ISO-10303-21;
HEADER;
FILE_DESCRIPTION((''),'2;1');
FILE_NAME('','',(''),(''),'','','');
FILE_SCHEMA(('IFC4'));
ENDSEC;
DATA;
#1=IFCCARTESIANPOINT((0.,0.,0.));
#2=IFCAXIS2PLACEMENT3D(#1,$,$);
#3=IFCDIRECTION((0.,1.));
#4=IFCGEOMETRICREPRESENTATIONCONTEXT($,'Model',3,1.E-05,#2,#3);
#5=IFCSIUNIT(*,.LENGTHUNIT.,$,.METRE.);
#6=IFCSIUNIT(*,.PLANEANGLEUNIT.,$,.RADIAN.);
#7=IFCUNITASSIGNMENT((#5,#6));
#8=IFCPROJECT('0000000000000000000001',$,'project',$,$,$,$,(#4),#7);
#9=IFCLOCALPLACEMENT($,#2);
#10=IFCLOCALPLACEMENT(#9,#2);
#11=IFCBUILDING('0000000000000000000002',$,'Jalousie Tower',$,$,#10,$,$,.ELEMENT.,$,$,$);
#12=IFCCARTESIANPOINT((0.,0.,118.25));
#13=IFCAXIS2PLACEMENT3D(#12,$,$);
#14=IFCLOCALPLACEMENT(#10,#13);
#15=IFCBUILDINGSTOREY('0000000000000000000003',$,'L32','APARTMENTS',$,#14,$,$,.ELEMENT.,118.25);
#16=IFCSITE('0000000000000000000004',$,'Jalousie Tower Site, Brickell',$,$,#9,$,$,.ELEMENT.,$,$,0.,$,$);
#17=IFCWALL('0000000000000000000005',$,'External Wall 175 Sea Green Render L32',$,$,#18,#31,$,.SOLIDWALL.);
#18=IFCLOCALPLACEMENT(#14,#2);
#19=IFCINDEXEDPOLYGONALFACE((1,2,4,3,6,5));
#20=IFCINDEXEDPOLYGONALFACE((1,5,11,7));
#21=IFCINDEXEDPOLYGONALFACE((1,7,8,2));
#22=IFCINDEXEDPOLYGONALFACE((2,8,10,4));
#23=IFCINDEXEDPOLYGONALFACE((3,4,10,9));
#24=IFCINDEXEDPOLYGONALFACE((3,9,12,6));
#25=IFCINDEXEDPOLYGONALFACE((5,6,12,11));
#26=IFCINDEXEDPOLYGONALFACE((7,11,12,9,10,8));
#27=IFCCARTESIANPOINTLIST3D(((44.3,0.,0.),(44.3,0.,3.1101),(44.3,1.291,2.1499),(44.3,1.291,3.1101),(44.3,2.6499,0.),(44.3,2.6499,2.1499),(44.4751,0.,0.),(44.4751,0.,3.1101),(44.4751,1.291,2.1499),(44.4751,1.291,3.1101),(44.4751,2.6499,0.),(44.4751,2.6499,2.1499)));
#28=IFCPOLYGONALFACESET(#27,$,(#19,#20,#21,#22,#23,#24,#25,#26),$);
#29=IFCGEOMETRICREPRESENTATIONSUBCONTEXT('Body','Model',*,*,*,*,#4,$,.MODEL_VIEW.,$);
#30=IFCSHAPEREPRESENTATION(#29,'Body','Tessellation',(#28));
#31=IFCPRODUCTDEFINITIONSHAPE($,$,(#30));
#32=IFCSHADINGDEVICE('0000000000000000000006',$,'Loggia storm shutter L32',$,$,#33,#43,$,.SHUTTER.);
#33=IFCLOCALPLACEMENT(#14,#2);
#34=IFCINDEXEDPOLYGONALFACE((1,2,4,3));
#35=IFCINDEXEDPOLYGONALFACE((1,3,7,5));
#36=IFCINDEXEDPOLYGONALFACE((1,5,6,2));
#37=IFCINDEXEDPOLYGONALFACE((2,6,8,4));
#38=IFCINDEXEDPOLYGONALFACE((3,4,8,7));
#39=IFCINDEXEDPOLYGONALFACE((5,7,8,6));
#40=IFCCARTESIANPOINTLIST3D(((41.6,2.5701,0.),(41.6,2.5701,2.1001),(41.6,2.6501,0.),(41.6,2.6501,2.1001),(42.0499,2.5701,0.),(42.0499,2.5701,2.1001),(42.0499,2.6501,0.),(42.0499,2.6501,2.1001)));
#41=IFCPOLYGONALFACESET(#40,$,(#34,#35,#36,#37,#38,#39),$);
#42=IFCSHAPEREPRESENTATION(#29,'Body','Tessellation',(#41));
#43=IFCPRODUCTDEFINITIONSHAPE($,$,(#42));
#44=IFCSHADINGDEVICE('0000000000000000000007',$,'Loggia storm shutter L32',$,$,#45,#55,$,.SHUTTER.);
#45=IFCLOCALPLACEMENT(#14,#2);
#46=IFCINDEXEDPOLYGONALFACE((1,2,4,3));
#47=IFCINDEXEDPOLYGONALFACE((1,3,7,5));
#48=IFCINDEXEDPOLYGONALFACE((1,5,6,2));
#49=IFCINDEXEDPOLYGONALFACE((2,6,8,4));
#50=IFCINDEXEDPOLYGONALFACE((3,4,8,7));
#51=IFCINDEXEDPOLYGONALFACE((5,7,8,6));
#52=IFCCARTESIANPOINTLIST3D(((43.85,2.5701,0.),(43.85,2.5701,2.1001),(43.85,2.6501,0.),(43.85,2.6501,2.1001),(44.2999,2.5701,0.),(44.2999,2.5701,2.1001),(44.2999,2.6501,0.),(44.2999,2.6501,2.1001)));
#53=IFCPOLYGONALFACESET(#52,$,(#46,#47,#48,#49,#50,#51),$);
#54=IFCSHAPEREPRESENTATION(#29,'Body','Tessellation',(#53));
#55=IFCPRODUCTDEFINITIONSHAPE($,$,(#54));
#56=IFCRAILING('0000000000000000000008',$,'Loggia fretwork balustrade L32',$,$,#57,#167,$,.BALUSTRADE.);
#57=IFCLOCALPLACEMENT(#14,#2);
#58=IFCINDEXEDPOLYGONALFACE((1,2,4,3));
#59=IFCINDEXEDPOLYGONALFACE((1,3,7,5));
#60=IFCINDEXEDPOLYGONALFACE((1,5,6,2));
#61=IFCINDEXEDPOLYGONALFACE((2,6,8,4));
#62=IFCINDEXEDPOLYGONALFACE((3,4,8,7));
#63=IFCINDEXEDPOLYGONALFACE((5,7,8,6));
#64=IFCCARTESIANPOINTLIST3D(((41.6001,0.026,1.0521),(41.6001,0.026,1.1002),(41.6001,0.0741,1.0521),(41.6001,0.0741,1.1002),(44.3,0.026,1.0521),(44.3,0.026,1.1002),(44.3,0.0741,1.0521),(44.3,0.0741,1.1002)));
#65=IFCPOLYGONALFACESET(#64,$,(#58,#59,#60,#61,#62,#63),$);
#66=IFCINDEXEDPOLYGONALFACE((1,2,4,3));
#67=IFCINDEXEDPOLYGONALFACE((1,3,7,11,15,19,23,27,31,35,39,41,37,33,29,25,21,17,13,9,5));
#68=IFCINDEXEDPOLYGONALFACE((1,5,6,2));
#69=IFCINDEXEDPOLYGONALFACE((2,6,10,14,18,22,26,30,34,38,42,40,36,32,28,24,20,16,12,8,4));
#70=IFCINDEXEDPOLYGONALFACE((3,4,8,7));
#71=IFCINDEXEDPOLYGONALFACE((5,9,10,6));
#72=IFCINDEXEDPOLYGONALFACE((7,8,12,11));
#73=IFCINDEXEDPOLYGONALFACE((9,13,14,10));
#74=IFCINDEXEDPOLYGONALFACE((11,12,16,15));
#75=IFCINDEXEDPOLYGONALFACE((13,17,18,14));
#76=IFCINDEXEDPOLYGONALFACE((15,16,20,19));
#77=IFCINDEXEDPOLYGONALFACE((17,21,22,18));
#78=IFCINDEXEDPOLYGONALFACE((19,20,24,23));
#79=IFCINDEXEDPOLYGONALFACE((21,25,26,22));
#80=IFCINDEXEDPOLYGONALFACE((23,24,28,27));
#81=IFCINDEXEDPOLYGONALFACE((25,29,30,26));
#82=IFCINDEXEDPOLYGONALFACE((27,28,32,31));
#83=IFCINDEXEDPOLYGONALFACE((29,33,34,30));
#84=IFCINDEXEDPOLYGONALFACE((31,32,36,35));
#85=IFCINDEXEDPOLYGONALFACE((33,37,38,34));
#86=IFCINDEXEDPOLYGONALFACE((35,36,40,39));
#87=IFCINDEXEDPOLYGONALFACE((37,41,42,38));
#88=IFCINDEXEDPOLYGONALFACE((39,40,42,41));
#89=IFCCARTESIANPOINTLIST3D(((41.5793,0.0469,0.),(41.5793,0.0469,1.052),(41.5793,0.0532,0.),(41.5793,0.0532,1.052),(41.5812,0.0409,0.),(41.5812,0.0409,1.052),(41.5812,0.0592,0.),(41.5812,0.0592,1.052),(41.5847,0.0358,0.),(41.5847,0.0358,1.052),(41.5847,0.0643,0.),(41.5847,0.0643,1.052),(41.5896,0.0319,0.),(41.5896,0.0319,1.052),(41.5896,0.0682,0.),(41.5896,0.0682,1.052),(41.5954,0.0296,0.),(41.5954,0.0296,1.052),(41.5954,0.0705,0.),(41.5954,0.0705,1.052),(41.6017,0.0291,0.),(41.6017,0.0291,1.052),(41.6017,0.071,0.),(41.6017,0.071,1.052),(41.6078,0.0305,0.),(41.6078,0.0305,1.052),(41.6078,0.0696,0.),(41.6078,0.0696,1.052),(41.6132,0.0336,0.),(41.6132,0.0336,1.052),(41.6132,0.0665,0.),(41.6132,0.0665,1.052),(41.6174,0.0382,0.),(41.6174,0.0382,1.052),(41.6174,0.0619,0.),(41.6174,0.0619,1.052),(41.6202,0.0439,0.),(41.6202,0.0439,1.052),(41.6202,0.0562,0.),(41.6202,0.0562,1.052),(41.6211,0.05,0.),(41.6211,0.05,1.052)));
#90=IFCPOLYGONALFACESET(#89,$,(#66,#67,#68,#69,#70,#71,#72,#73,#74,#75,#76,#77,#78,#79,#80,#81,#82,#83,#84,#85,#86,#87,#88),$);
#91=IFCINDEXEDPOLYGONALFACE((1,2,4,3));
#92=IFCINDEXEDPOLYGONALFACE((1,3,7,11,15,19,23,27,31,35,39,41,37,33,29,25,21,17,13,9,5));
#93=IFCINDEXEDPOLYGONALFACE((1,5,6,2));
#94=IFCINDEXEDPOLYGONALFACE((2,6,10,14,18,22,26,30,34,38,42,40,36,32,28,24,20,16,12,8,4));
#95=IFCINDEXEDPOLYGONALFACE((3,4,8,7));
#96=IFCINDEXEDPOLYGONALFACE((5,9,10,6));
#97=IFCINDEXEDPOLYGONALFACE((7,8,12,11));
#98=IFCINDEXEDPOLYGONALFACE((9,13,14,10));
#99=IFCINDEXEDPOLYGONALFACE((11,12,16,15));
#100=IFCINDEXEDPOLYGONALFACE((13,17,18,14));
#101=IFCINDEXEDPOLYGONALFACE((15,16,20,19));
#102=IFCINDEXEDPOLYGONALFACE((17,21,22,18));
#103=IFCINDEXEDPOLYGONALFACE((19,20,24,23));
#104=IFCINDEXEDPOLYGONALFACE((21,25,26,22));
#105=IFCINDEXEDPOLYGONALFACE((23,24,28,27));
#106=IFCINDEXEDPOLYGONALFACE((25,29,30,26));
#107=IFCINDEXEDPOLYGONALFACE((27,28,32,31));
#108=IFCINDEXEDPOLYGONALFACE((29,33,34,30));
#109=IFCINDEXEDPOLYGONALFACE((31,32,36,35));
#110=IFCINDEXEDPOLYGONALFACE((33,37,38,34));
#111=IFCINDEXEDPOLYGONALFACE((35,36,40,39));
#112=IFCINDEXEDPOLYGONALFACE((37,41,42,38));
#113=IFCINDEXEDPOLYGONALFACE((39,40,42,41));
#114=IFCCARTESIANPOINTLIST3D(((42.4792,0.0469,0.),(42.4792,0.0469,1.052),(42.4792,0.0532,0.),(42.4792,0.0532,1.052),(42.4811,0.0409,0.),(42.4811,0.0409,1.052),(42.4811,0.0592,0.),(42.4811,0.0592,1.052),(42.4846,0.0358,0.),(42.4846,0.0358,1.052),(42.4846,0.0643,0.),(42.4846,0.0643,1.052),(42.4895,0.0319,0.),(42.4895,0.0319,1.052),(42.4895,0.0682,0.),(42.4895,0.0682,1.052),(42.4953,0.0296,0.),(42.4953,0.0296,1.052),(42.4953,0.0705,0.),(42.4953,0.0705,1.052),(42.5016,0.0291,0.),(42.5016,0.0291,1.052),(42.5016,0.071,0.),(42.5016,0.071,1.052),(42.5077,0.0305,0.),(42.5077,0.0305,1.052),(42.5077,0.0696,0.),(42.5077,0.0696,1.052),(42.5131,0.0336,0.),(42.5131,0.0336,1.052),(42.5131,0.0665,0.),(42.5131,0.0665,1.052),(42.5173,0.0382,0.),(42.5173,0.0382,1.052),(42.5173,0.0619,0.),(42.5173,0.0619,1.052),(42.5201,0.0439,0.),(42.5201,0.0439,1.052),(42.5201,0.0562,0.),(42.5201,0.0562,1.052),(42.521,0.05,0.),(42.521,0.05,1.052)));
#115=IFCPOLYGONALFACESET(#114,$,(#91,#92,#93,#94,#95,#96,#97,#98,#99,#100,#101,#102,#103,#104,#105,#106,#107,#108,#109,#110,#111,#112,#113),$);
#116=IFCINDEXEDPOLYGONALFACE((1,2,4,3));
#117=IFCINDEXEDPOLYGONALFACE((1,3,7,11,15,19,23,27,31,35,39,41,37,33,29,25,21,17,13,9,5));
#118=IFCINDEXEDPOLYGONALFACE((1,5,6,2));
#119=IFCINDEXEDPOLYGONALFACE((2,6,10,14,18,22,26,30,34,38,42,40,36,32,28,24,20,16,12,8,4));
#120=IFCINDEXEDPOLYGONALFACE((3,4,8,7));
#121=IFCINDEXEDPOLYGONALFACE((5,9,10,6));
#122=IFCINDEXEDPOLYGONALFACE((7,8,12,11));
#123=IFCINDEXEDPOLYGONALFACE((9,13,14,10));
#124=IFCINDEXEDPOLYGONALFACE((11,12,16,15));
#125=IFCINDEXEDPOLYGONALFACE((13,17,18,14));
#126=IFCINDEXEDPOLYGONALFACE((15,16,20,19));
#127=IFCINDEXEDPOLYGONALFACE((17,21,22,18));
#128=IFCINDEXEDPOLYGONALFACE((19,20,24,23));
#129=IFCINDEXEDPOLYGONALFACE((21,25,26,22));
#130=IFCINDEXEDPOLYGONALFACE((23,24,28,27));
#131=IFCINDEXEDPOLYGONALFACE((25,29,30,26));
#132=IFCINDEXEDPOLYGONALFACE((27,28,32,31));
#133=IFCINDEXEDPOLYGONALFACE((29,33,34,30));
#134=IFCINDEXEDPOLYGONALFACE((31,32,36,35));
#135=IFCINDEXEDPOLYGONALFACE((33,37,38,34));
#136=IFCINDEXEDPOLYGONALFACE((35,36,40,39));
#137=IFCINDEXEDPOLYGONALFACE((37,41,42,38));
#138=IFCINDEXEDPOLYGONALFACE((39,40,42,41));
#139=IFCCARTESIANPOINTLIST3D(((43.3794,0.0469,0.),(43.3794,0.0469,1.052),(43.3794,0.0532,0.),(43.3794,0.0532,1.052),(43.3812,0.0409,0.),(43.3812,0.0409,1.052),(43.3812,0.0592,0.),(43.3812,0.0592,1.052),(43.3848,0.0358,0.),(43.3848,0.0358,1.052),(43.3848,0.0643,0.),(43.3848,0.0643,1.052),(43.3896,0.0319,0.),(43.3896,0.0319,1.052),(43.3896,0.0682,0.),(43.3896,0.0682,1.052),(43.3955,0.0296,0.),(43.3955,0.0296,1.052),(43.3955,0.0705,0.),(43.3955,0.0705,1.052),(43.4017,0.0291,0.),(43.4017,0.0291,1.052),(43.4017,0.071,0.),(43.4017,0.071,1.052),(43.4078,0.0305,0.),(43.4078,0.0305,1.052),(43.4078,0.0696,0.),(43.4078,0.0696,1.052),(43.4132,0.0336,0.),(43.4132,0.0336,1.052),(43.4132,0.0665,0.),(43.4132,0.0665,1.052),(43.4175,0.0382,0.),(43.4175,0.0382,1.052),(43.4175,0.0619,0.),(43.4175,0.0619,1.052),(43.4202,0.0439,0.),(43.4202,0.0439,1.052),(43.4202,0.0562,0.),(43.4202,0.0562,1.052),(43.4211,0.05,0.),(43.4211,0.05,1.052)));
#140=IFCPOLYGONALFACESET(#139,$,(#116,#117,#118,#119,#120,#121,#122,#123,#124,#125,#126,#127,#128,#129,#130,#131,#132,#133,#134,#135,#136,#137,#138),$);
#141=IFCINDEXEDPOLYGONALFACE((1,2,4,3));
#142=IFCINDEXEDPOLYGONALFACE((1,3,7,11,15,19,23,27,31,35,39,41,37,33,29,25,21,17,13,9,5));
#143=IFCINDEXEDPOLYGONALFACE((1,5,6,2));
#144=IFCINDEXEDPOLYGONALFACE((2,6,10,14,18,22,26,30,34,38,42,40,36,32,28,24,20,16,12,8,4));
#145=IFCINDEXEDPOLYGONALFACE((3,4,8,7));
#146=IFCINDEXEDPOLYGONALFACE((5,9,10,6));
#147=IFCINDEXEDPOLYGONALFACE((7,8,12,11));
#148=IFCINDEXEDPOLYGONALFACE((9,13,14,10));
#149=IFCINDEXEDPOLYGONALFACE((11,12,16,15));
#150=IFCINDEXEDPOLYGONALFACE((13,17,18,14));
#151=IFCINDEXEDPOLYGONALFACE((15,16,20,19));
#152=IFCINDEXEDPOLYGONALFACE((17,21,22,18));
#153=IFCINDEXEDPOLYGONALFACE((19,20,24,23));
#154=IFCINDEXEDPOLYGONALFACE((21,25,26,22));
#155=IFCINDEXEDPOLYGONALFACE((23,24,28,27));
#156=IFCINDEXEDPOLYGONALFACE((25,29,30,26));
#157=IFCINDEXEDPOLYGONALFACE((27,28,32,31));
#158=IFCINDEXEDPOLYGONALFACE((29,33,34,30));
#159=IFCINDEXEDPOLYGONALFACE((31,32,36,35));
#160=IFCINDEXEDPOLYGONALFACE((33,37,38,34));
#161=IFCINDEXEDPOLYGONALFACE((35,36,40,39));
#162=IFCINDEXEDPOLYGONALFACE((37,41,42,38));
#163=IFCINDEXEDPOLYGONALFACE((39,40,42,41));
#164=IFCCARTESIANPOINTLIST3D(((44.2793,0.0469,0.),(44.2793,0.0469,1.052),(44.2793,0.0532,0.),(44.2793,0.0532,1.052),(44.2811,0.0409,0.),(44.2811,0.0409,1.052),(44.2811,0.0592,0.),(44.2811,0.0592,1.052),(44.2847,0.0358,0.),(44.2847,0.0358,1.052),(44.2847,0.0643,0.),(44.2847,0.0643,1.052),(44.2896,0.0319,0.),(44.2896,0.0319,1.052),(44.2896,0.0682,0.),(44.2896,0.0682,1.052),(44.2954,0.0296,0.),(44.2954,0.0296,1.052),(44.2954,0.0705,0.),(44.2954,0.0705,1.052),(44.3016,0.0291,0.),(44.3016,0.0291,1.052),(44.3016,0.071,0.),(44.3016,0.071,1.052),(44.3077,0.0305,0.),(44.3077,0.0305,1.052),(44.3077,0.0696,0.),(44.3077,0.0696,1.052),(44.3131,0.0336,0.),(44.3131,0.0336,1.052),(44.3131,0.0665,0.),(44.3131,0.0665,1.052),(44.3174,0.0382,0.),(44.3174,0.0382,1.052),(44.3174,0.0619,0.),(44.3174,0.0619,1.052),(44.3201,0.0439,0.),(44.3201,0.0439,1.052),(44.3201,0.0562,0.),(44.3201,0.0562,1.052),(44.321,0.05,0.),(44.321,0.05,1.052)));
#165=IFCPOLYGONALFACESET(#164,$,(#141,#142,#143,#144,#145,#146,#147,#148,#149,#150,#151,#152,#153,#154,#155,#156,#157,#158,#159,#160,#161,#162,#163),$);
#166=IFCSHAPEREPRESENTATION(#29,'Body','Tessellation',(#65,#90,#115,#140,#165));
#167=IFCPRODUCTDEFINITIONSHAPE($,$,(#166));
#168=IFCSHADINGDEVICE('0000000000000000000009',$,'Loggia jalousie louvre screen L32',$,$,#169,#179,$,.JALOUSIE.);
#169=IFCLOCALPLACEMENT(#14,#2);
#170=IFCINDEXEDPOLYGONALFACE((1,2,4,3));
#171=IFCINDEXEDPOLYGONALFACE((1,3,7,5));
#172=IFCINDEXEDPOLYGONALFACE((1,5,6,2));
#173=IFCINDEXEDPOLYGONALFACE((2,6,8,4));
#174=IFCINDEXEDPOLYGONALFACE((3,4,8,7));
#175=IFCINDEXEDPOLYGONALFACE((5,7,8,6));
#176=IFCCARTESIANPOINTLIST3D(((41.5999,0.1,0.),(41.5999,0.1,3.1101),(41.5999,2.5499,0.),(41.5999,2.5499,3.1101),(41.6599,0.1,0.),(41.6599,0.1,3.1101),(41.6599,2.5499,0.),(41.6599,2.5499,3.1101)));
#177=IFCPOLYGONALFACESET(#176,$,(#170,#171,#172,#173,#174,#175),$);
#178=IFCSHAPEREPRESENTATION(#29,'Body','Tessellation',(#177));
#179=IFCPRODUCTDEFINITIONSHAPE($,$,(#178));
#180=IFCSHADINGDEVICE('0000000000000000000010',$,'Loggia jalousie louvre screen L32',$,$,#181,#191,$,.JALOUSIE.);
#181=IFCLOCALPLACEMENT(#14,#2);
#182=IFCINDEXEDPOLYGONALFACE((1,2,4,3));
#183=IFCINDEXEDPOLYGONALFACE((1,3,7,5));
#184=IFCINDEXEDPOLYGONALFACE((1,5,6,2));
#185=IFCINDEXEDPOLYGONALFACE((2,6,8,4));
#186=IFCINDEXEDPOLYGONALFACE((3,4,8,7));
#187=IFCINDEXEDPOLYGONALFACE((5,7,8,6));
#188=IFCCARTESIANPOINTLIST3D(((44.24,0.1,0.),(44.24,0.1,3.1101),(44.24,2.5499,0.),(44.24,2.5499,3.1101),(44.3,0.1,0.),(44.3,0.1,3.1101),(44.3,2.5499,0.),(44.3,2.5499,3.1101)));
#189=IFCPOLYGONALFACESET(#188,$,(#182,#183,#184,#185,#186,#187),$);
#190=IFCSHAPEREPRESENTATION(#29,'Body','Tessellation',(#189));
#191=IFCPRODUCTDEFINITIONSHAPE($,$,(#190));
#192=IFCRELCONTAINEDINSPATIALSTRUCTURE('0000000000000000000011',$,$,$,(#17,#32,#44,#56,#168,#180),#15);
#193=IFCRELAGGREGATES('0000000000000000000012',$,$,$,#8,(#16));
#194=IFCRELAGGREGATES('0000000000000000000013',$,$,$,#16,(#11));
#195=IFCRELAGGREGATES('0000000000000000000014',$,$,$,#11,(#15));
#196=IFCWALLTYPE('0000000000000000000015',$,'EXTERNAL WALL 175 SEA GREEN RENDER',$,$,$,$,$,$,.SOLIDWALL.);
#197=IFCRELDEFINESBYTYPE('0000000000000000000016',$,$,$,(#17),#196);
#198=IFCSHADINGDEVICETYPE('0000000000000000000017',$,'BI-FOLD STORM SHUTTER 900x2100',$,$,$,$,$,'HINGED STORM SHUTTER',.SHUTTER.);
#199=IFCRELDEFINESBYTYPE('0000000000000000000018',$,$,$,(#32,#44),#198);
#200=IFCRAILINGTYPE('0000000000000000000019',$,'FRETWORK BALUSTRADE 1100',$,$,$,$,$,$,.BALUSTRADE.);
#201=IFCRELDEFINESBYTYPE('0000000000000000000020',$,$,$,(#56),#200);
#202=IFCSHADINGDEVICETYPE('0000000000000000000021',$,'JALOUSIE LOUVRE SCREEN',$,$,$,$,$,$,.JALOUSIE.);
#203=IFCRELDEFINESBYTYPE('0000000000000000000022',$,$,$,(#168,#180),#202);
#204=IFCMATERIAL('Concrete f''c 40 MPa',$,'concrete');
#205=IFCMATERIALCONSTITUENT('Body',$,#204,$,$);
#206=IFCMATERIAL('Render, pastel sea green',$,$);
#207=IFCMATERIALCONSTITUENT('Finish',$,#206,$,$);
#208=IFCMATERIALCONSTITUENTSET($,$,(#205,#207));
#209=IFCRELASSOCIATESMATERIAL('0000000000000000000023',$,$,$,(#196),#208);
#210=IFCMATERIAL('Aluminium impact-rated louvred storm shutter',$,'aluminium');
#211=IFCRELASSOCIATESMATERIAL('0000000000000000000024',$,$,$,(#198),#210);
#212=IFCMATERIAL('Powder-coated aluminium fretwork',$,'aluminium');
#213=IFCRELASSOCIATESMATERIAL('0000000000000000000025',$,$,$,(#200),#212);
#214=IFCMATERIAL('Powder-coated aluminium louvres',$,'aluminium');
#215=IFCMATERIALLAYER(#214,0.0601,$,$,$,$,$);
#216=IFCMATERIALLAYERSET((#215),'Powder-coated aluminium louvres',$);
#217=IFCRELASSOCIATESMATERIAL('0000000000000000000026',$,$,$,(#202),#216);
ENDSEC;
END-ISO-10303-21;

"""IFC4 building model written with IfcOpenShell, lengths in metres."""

from ifc_helpers import new_model, si_unit, direction, frame, origin, origin_2d, place, context, subcontext, project, spatial, polyline, rectangle, circle, outline, extrude, material, layer, layer_set, constituent, constituent_set, type_object, element, save


model = new_model("IFC4")

# Units and contexts
model_context = context("Model", 3, precision=1e-05, world=origin(), true_north=direction((0.0, 1.0)))
body_context = subcontext(model_context, "Body", "Model", "MODEL_VIEW")
ifc_project = project(units=[si_unit("LENGTHUNIT", "METRE"), si_unit("PLANEANGLEUNIT", "RADIAN")], contexts=[model_context])

# Site, building, storey
site_placement = place(None, origin())
site = spatial("IfcSite", under=ifc_project, at=site_placement, Name="Jalousie Tower Site, Brickell", CompositionType="ELEMENT", RefElevation=0.0)
building_placement = place(site_placement, origin())
building = spatial("IfcBuilding", under=site, at=building_placement, Name="Jalousie Tower", CompositionType="ELEMENT")
storey_placement = place(building_placement, frame((0.0, 0.0, 118.25)))
storey = spatial("IfcBuildingStorey", under=building, at=storey_placement, Name="L32", Description="APARTMENTS", CompositionType="ELEMENT", Elevation=118.25)

# Shared definitions
ifc_material_1 = material(Name="Concrete f'c 40 MPa", Category="concrete")
ifc_constituent_1 = constituent(ifc_material_1, Name="Body")
ifc_material_2 = material(Name="Render, pastel sea green")
ifc_constituent_2 = constituent(ifc_material_2, Name="Finish")
ifc_constituent_set = constituent_set(constituents=[ifc_constituent_1, ifc_constituent_2])
wall_type = type_object("IfcWallType", Name="EXTERNAL WALL 175 SEA GREEN RENDER", PredefinedType="SOLIDWALL", material=ifc_constituent_set)

# Wall
wall_1_placement = place(storey_placement, frame((44.3875, 0.0, 0.0), z_axis=(0.0, 0.0, 1.0), x_axis=(0.0, 1.0, 0.0)))
element("IfcWall", 1, at=wall_1_placement, inside=storey, type_object=wall_type, Name="External Wall 175 Sea Green Render L32", PredefinedType="SOLIDWALL", context=body_context, shape_type="SweptSolid", body=[
    extrude(outline(polyline([(0.0, 0.0), (2.6499, 0.0), (2.6499, 2.1499), (1.291, 2.1499), (1.291, 3.1101), (0.0, 3.1101), (0.0, 0.0)])), frame((0.0, 0.0874, 0.0), z_axis=(0.0, -1.0, 0.0), x_axis=(1.0, 0.0, 0.0)), (0.0, 0.0, 1.0), 0.175),
])

# Shading devices
ifc_material_3 = material(Name="Aluminium impact-rated louvred storm shutter", Category="aluminium")
shading_device_type_1 = type_object("IfcShadingDeviceType", Name="BI-FOLD STORM SHUTTER 900x2100", ElementType="HINGED STORM SHUTTER", PredefinedType="SHUTTER", material=ifc_material_3)
for number, where, z_axis, x_axis, name in (
    (2, (41.825, 2.6101, 0.0), (0.0, 0.0, 1.0), (1.0, 0.0, 0.0), "Loggia storm shutter L32"),
    (3, (44.075, 2.6101, 0.0), (0.0, 0.0, 1.0), (1.0, 0.0, 0.0), "Loggia storm shutter L32"),
):
    element("IfcShadingDevice", number, at=place(storey_placement, frame(where, z_axis=z_axis, x_axis=x_axis)), inside=storey, type_object=shading_device_type_1, Name=name, PredefinedType="SHUTTER", context=body_context, shape_type="SweptSolid", body=[
        extrude(rectangle(XDim=0.45, YDim=0.0801, at=origin_2d()), origin(), (0.0, 0.0, 1.0), 2.1001),
    ])

# Railing
ifc_material_4 = material(Name="Powder-coated aluminium fretwork", Category="aluminium")
railing_type = type_object("IfcRailingType", Name="FRETWORK BALUSTRADE 1100", PredefinedType="BALUSTRADE", material=ifc_material_4)
railing_placement = place(storey_placement, frame((41.6001, 0.05, 0.0)))
element("IfcRailing", 4, at=railing_placement, inside=storey, type_object=railing_type, Name="Loggia fretwork balustrade L32", PredefinedType="BALUSTRADE", context=body_context, shape_type="SweptSolid", body=[
    extrude(rectangle(XDim=0.0481, YDim=0.0481, at=origin_2d()), frame((0.0, 0.0, 1.0762), z_axis=(1.0, 0.0, 0.0), x_axis=(0.0, 1.0, 0.0)), (0.0, 0.0, 1.0), 2.7),
    extrude(circle(Radius=0.021, at=origin_2d()), origin(), (0.0, 0.0, 1.0), 1.052),
    extrude(circle(Radius=0.021, at=origin_2d()), frame((0.8999, 0.0, 0.0)), (0.0, 0.0, 1.0), 1.052),
    extrude(circle(Radius=0.021, at=origin_2d()), frame((1.8, 0.0, 0.0)), (0.0, 0.0, 1.0), 1.052),
    extrude(circle(Radius=0.021, at=origin_2d()), frame((2.7, 0.0, 0.0)), (0.0, 0.0, 1.0), 1.052),
])

# Shading devices
ifc_material_5 = material(Name="Powder-coated aluminium louvres", Category="aluminium")
ifc_layer_1 = layer(ifc_material_5, 0.0601)
ifc_layer_set_1 = layer_set([ifc_layer_1], Name="Powder-coated aluminium louvres")
shading_device_type_2 = type_object("IfcShadingDeviceType", Name="JALOUSIE LOUVRE SCREEN", PredefinedType="JALOUSIE", material=ifc_layer_set_1)
for number, where, z_axis, x_axis, name in (
    (5, (41.6299, 1.325, 0.0), (0.0, 0.0, 1.0), (1.0, 0.0, 0.0), "Loggia jalousie louvre screen L32"),
    (6, (44.27, 1.325, 0.0), (0.0, 0.0, 1.0), (1.0, 0.0, 0.0), "Loggia jalousie louvre screen L32"),
):
    element("IfcShadingDevice", number, at=place(storey_placement, frame(where, z_axis=z_axis, x_axis=x_axis)), inside=storey, type_object=shading_device_type_2, Name=name, PredefinedType="JALOUSIE", context=body_context, shape_type="SweptSolid", body=[
        extrude(rectangle(XDim=0.0601, YDim=2.45, at=origin_2d()), origin(), (0.0, 0.0, 1.0), 3.1101),
    ])

save(model, "model.ifc")
